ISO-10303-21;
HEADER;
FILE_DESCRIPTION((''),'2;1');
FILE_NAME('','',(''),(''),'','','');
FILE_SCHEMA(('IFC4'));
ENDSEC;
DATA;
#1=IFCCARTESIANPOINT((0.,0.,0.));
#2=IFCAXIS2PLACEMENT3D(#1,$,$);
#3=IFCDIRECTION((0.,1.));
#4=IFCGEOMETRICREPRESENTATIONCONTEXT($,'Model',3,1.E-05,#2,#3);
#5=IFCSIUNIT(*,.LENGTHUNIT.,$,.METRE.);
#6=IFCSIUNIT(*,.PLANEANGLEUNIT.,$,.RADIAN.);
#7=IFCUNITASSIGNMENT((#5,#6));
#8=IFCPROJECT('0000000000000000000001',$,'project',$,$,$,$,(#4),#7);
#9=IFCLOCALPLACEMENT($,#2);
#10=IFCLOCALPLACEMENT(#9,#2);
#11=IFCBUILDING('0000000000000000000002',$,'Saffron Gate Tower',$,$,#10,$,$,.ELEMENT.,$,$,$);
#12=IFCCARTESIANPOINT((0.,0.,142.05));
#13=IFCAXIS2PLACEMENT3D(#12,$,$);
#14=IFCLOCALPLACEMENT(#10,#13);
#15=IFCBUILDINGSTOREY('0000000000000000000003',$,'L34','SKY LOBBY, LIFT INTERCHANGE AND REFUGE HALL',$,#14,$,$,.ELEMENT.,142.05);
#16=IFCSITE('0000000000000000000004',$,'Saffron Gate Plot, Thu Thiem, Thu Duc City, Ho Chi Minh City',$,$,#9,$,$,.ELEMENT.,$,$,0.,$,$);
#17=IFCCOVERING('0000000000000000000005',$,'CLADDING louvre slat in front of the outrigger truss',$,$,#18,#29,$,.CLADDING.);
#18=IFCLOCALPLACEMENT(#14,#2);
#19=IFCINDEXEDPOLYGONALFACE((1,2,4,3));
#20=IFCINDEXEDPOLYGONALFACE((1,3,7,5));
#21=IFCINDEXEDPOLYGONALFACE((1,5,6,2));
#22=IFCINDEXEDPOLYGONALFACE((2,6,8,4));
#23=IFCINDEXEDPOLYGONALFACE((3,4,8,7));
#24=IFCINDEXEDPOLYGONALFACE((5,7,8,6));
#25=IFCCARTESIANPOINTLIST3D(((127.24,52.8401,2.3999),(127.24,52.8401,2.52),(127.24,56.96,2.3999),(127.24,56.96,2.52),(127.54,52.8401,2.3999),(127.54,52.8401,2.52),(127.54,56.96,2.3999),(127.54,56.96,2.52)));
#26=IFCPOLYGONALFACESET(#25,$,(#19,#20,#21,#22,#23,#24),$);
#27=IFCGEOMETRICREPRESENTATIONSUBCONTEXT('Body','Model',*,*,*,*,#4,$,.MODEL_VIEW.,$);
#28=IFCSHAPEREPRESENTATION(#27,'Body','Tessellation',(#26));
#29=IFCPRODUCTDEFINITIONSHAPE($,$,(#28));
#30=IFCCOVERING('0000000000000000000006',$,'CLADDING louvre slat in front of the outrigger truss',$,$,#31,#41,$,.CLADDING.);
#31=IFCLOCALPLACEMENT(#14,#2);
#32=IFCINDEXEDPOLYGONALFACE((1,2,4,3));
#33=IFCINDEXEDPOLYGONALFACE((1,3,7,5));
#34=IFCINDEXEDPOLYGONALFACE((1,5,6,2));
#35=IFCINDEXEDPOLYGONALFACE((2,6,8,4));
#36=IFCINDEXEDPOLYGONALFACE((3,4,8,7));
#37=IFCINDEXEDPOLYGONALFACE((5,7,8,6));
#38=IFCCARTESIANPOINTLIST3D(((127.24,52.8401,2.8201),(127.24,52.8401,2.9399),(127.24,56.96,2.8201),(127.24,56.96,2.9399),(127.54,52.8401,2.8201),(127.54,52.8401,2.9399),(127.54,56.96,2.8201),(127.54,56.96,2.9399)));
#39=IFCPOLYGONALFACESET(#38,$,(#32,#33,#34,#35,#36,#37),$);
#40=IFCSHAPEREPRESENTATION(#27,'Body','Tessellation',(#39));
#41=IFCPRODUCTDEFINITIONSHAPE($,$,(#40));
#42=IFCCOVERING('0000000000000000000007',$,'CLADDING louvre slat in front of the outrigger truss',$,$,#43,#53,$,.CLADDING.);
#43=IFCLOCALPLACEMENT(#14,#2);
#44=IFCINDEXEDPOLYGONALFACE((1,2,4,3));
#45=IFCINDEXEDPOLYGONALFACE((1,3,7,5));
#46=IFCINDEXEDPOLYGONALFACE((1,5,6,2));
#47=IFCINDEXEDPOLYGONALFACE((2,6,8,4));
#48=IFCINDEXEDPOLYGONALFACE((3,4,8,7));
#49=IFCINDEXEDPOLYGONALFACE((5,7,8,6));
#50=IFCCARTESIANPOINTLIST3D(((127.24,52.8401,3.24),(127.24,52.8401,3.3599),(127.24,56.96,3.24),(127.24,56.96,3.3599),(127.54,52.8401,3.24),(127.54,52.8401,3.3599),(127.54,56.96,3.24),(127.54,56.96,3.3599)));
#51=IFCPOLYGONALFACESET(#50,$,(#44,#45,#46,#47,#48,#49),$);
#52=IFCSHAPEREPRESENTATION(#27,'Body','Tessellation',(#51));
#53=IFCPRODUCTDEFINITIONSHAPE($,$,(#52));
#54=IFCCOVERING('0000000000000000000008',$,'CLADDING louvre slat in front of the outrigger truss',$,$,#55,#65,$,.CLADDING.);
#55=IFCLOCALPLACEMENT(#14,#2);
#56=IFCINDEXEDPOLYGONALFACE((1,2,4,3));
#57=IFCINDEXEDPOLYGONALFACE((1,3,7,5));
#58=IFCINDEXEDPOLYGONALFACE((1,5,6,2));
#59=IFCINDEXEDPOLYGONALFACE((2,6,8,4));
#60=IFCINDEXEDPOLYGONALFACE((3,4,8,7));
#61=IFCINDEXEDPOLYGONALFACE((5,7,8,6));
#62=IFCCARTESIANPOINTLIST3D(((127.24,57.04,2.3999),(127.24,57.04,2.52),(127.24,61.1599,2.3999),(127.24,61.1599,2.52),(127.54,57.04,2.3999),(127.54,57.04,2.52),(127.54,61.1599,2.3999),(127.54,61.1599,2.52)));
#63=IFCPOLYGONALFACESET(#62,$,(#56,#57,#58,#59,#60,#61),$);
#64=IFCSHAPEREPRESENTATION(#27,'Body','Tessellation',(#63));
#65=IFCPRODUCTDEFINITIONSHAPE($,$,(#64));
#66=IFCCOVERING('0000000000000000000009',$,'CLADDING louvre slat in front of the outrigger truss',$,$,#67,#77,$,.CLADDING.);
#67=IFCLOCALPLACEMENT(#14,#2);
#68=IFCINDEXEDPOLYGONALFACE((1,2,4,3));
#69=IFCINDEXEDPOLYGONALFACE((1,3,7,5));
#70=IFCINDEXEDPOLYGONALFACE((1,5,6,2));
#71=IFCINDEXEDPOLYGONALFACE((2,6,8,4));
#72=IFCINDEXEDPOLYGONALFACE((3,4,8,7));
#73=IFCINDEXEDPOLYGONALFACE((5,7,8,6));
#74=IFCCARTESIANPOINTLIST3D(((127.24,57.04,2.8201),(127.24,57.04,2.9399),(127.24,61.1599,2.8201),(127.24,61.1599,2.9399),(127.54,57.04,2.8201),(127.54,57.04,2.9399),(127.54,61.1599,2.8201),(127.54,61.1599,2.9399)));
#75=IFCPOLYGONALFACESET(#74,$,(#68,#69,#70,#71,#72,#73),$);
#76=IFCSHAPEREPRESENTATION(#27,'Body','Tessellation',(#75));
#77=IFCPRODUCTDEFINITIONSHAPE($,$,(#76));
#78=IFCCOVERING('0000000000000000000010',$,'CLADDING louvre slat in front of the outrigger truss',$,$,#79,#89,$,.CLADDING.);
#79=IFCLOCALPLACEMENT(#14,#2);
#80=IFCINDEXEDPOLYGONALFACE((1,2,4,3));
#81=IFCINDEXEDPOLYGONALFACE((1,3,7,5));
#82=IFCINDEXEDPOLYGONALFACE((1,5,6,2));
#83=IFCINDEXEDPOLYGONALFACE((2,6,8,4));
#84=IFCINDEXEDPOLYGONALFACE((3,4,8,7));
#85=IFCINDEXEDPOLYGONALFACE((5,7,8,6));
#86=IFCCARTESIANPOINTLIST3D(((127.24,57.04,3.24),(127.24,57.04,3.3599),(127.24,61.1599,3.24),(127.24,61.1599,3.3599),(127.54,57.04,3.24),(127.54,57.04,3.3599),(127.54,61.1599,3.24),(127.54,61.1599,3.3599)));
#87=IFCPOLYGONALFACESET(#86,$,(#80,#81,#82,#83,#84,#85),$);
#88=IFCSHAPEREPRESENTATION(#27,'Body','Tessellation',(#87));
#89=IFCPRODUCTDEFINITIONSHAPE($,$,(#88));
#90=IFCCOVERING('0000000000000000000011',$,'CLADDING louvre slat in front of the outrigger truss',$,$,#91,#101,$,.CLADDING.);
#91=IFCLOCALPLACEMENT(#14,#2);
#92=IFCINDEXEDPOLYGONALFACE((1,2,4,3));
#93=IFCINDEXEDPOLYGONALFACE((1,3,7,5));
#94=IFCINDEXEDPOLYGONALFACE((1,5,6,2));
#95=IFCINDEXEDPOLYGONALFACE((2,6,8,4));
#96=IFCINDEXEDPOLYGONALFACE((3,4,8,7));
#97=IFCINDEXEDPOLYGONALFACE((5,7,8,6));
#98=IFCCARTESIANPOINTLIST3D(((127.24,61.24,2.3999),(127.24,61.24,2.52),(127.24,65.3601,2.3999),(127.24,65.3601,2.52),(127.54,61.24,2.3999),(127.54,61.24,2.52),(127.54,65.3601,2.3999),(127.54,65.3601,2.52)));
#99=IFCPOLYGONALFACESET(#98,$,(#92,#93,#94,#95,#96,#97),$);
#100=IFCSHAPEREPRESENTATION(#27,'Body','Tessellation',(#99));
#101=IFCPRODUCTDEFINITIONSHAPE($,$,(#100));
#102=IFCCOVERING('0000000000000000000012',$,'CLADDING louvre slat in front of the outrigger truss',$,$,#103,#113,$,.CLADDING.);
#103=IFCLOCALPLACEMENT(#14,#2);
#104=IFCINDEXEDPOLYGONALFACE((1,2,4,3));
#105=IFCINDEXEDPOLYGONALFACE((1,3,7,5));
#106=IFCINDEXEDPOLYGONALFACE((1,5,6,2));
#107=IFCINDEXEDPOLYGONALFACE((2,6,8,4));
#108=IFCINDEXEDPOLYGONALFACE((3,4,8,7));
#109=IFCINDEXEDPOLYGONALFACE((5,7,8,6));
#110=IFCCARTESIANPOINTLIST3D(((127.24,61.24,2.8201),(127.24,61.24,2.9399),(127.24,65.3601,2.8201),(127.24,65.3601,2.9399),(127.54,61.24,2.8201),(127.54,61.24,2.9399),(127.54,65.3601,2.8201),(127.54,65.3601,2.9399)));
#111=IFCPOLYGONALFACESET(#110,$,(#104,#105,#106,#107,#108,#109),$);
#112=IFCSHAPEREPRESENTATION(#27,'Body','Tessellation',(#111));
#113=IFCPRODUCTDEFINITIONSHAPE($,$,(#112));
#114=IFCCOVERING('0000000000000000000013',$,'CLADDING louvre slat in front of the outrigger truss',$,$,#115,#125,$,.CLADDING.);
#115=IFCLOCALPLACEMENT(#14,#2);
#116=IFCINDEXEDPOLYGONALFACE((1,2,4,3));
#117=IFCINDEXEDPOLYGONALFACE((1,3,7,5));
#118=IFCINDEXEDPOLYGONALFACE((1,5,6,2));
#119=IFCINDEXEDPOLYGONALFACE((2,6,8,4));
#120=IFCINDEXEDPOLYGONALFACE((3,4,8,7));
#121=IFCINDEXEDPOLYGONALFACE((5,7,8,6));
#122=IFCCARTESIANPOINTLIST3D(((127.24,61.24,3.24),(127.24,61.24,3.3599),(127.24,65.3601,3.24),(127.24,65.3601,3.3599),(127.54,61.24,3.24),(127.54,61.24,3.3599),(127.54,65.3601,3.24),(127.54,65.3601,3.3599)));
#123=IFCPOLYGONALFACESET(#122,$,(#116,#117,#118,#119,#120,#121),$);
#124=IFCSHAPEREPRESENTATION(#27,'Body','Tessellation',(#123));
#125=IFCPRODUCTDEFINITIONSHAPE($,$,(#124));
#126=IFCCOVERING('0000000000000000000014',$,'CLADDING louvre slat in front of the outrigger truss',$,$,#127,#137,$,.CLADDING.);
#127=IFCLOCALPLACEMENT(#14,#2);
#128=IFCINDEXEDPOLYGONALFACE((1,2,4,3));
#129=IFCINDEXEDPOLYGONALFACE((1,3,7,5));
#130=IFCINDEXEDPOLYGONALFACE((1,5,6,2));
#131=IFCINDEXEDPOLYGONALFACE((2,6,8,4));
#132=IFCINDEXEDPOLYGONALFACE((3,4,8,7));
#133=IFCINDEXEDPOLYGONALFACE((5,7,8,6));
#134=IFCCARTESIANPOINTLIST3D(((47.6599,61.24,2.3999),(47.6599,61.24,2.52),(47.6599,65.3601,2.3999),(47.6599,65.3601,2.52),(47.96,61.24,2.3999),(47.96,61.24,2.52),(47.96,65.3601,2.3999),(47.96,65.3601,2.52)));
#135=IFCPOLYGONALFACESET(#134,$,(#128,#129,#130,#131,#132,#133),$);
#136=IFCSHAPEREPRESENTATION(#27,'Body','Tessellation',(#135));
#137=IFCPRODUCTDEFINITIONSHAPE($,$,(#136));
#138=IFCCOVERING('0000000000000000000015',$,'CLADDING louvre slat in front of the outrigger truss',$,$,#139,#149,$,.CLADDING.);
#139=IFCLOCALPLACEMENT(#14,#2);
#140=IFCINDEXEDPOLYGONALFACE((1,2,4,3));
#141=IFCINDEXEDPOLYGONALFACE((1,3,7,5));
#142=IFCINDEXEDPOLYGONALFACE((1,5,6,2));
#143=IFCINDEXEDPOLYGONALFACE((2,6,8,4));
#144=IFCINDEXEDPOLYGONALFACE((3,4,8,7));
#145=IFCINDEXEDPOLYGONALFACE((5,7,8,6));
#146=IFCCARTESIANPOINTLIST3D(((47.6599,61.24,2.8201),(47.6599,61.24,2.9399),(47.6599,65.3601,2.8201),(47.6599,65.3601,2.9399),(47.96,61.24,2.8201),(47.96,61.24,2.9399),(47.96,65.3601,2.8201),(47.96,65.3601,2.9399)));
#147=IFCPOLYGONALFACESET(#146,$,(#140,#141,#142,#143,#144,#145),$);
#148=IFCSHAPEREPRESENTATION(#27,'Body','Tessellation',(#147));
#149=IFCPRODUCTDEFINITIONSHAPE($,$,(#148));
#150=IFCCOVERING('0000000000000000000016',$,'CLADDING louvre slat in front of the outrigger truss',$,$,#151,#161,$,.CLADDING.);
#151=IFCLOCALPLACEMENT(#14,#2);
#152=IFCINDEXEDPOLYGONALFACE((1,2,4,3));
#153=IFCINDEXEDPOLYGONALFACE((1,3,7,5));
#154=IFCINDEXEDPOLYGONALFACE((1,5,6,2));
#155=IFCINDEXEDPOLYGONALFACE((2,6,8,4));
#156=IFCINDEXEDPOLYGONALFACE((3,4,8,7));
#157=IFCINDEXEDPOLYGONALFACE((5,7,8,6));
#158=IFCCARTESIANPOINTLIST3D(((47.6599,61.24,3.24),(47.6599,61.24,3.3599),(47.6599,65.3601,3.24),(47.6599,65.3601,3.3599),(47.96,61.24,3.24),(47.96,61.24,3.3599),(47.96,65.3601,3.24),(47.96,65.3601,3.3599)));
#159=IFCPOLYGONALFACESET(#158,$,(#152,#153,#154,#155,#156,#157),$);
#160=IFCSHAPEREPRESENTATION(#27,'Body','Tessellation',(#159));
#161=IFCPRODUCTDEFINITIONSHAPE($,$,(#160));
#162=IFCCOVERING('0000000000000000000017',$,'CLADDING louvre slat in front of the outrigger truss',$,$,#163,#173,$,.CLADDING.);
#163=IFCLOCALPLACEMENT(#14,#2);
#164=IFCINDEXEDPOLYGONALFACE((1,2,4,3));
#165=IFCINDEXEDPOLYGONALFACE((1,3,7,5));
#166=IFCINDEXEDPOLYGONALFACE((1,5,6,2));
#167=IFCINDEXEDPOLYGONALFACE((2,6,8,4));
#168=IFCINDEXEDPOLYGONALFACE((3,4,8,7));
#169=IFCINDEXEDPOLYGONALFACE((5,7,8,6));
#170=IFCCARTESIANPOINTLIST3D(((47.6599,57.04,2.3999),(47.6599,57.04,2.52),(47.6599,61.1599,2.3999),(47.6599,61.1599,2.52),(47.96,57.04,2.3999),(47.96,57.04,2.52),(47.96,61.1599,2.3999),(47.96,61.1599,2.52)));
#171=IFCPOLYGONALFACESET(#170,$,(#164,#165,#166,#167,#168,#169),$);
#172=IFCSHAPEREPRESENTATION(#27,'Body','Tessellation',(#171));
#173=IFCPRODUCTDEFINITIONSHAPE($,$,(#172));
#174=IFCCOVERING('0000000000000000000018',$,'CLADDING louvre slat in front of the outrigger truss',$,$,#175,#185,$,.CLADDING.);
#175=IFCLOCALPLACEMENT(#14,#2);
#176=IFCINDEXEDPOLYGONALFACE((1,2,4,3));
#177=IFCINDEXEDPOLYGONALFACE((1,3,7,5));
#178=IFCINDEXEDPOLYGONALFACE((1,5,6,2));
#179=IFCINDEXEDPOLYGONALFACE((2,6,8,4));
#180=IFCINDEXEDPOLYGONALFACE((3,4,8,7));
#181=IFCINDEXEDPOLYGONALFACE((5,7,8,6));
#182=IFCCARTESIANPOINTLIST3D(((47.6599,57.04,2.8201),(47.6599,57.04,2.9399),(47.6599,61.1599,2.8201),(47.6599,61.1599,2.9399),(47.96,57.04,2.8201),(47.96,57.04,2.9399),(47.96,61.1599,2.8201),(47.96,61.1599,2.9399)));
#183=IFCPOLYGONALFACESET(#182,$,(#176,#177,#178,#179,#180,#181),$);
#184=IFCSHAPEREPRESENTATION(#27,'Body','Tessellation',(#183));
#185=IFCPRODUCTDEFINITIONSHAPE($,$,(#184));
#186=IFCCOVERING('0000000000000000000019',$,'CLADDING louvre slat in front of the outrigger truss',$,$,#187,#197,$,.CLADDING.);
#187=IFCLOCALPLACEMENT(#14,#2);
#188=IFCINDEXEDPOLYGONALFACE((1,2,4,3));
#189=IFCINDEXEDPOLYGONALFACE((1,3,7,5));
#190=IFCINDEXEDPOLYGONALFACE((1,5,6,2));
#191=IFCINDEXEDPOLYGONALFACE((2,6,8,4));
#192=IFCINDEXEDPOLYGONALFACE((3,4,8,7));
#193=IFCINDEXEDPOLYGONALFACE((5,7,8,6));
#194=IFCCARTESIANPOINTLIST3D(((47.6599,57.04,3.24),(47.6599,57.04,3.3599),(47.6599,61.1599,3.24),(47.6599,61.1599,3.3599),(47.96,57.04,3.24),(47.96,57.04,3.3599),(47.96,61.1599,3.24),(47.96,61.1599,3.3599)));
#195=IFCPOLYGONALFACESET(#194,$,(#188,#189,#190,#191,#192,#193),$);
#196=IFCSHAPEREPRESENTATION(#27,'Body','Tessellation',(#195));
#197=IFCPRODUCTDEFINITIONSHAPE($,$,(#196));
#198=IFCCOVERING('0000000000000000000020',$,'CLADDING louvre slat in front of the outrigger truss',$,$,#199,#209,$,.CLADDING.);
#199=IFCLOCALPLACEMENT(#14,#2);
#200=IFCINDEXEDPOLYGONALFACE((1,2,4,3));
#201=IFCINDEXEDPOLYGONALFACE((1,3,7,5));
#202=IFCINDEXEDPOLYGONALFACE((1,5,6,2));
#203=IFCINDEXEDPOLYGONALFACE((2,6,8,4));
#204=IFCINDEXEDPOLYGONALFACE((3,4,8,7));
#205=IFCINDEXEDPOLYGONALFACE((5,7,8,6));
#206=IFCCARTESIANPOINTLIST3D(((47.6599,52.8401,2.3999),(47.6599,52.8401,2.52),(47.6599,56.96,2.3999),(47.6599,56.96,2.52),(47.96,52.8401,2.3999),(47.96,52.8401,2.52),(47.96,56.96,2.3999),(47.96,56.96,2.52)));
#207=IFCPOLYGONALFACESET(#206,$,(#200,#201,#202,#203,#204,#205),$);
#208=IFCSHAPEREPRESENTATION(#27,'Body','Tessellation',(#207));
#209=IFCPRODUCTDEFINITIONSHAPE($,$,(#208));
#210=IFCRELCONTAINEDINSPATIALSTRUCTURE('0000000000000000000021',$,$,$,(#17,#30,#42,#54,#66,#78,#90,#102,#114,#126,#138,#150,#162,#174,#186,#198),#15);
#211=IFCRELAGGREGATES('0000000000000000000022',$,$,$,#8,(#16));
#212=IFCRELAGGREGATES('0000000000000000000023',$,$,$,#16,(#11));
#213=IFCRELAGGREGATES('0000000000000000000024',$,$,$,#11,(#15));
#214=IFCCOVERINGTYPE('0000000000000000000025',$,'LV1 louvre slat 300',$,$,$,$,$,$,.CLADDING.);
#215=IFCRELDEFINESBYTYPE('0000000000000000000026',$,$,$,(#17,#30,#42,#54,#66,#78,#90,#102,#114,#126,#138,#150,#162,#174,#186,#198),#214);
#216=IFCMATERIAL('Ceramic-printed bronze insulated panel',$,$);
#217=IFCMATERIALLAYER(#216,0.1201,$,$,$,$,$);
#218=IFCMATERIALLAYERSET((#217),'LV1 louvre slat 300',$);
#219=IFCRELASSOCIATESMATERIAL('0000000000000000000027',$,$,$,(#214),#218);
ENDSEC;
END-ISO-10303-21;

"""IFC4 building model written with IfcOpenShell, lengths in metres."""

from ifc_helpers import new_model, si_unit, direction, frame, origin, place, context, subcontext, project, spatial, polyline, outline, extrude, material, layer, layer_set, type_object, element, save


model = new_model("IFC4")

# Units and contexts
model_context = context("Model", 3, precision=1e-05, world=origin(), true_north=direction((0.0, 1.0)))
body_context = subcontext(model_context, "Body", "Model", "MODEL_VIEW")
ifc_project = project(units=[si_unit("LENGTHUNIT", "METRE"), si_unit("PLANEANGLEUNIT", "RADIAN")], contexts=[model_context])

# Site, building, storey
site_placement = place(None, origin())
site = spatial("IfcSite", under=ifc_project, at=site_placement, Name="Saffron Gate Plot, Thu Thiem, Thu Duc City, Ho Chi Minh City", CompositionType="ELEMENT", RefElevation=0.0)
building_placement = place(site_placement, origin())
building = spatial("IfcBuilding", under=site, at=building_placement, Name="Saffron Gate Tower", CompositionType="ELEMENT")
storey_placement = place(building_placement, frame((0.0, 0.0, 142.05)))
storey = spatial("IfcBuildingStorey", under=building, at=storey_placement, Name="L34", Description="SKY LOBBY, LIFT INTERCHANGE AND REFUGE HALL", CompositionType="ELEMENT", Elevation=142.05)

# Coverings
ifc_material = material(Name="Ceramic-printed bronze insulated panel")
ifc_layer = layer(ifc_material, 0.1201)
ifc_layer_set = layer_set([ifc_layer], Name="LV1 louvre slat 300")
covering_type = type_object("IfcCoveringType", Name="LV1 louvre slat 300", PredefinedType="CLADDING", material=ifc_layer_set)
covering_1_placement = place(storey_placement, frame((0.0, 0.0, 2.3999)))
element("IfcCovering", 1, at=covering_1_placement, inside=storey, type_object=covering_type, Name="CLADDING louvre slat in front of the outrigger truss", PredefinedType="CLADDING", context=body_context, shape_type="SweptSolid", body=[
    extrude(outline(polyline([(127.54, 52.8401), (127.54, 56.96), (127.24, 56.96), (127.24, 52.8401), (127.54, 52.8401)])), origin(), (0.0, 0.0, 1.0), 0.1201),
])
for number, where, name in (
    (2, (0.0, 0.0, 2.8201), "CLADDING louvre slat in front of the outrigger truss"),
    (3, (0.0, 0.0, 3.24), "CLADDING louvre slat in front of the outrigger truss"),
):
    element("IfcCovering", number, at=place(storey_placement, frame(where)), inside=storey, type_object=covering_type, Name=name, PredefinedType="CLADDING", context=body_context, shape_type="SweptSolid", body=[
        extrude(outline(polyline([(127.54, 52.8401), (127.54, 56.96), (127.24, 56.96), (127.24, 52.8401), (127.54, 52.8401)])), origin(), (0.0, 0.0, 1.0), 0.1199),
    ])
covering_2_placement = place(storey_placement, frame((0.0, 0.0, 2.3999)))
element("IfcCovering", 4, at=covering_2_placement, inside=storey, type_object=covering_type, Name="CLADDING louvre slat in front of the outrigger truss", PredefinedType="CLADDING", context=body_context, shape_type="SweptSolid", body=[
    extrude(outline(polyline([(127.54, 57.04), (127.54, 61.1599), (127.24, 61.1599), (127.24, 57.04), (127.54, 57.04)])), origin(), (0.0, 0.0, 1.0), 0.1201),
])
for number, where, name in (
    (5, (0.0, 0.0, 2.8201), "CLADDING louvre slat in front of the outrigger truss"),
    (6, (0.0, 0.0, 3.24), "CLADDING louvre slat in front of the outrigger truss"),
):
    element("IfcCovering", number, at=place(storey_placement, frame(where)), inside=storey, type_object=covering_type, Name=name, PredefinedType="CLADDING", context=body_context, shape_type="SweptSolid", body=[
        extrude(outline(polyline([(127.54, 57.04), (127.54, 61.1599), (127.24, 61.1599), (127.24, 57.04), (127.54, 57.04)])), origin(), (0.0, 0.0, 1.0), 0.1199),
    ])
covering_3_placement = place(storey_placement, frame((0.0, 0.0, 2.3999)))
element("IfcCovering", 7, at=covering_3_placement, inside=storey, type_object=covering_type, Name="CLADDING louvre slat in front of the outrigger truss", PredefinedType="CLADDING", context=body_context, shape_type="SweptSolid", body=[
    extrude(outline(polyline([(127.54, 61.24), (127.54, 65.3601), (127.24, 65.3601), (127.24, 61.24), (127.54, 61.24)])), origin(), (0.0, 0.0, 1.0), 0.1201),
])
for number, where, name in (
    (8, (0.0, 0.0, 2.8201), "CLADDING louvre slat in front of the outrigger truss"),
    (9, (0.0, 0.0, 3.24), "CLADDING louvre slat in front of the outrigger truss"),
):
    element("IfcCovering", number, at=place(storey_placement, frame(where)), inside=storey, type_object=covering_type, Name=name, PredefinedType="CLADDING", context=body_context, shape_type="SweptSolid", body=[
        extrude(outline(polyline([(127.54, 61.24), (127.54, 65.3601), (127.24, 65.3601), (127.24, 61.24), (127.54, 61.24)])), origin(), (0.0, 0.0, 1.0), 0.1199),
    ])
covering_4_placement = place(storey_placement, frame((0.0, 0.0, 2.3999)))
element("IfcCovering", 10, at=covering_4_placement, inside=storey, type_object=covering_type, Name="CLADDING louvre slat in front of the outrigger truss", PredefinedType="CLADDING", context=body_context, shape_type="SweptSolid", body=[
    extrude(outline(polyline([(47.6599, 65.3601), (47.6599, 61.24), (47.96, 61.24), (47.96, 65.3601), (47.6599, 65.3601)])), origin(), (0.0, 0.0, 1.0), 0.1201),
])
for number, where, name in (
    (11, (0.0, 0.0, 2.8201), "CLADDING louvre slat in front of the outrigger truss"),
    (12, (0.0, 0.0, 3.24), "CLADDING louvre slat in front of the outrigger truss"),
):
    element("IfcCovering", number, at=place(storey_placement, frame(where)), inside=storey, type_object=covering_type, Name=name, PredefinedType="CLADDING", context=body_context, shape_type="SweptSolid", body=[
        extrude(outline(polyline([(47.6599, 65.3601), (47.6599, 61.24), (47.96, 61.24), (47.96, 65.3601), (47.6599, 65.3601)])), origin(), (0.0, 0.0, 1.0), 0.1199),
    ])
covering_5_placement = place(storey_placement, frame((0.0, 0.0, 2.3999)))
element("IfcCovering", 13, at=covering_5_placement, inside=storey, type_object=covering_type, Name="CLADDING louvre slat in front of the outrigger truss", PredefinedType="CLADDING", context=body_context, shape_type="SweptSolid", body=[
    extrude(outline(polyline([(47.6599, 61.1599), (47.6599, 57.04), (47.96, 57.04), (47.96, 61.1599), (47.6599, 61.1599)])), origin(), (0.0, 0.0, 1.0), 0.1201),
])
for number, where, name in (
    (14, (0.0, 0.0, 2.8201), "CLADDING louvre slat in front of the outrigger truss"),
    (15, (0.0, 0.0, 3.24), "CLADDING louvre slat in front of the outrigger truss"),
):
    element("IfcCovering", number, at=place(storey_placement, frame(where)), inside=storey, type_object=covering_type, Name=name, PredefinedType="CLADDING", context=body_context, shape_type="SweptSolid", body=[
        extrude(outline(polyline([(47.6599, 61.1599), (47.6599, 57.04), (47.96, 57.04), (47.96, 61.1599), (47.6599, 61.1599)])), origin(), (0.0, 0.0, 1.0), 0.1199),
    ])
covering_6_placement = place(storey_placement, frame((0.0, 0.0, 2.3999)))
element("IfcCovering", 16, at=covering_6_placement, inside=storey, type_object=covering_type, Name="CLADDING louvre slat in front of the outrigger truss", PredefinedType="CLADDING", context=body_context, shape_type="SweptSolid", body=[
    extrude(outline(polyline([(47.6599, 56.96), (47.6599, 52.8401), (47.96, 52.8401), (47.96, 56.96), (47.6599, 56.96)])), origin(), (0.0, 0.0, 1.0), 0.1201),
])

save(model, "model.ifc")
